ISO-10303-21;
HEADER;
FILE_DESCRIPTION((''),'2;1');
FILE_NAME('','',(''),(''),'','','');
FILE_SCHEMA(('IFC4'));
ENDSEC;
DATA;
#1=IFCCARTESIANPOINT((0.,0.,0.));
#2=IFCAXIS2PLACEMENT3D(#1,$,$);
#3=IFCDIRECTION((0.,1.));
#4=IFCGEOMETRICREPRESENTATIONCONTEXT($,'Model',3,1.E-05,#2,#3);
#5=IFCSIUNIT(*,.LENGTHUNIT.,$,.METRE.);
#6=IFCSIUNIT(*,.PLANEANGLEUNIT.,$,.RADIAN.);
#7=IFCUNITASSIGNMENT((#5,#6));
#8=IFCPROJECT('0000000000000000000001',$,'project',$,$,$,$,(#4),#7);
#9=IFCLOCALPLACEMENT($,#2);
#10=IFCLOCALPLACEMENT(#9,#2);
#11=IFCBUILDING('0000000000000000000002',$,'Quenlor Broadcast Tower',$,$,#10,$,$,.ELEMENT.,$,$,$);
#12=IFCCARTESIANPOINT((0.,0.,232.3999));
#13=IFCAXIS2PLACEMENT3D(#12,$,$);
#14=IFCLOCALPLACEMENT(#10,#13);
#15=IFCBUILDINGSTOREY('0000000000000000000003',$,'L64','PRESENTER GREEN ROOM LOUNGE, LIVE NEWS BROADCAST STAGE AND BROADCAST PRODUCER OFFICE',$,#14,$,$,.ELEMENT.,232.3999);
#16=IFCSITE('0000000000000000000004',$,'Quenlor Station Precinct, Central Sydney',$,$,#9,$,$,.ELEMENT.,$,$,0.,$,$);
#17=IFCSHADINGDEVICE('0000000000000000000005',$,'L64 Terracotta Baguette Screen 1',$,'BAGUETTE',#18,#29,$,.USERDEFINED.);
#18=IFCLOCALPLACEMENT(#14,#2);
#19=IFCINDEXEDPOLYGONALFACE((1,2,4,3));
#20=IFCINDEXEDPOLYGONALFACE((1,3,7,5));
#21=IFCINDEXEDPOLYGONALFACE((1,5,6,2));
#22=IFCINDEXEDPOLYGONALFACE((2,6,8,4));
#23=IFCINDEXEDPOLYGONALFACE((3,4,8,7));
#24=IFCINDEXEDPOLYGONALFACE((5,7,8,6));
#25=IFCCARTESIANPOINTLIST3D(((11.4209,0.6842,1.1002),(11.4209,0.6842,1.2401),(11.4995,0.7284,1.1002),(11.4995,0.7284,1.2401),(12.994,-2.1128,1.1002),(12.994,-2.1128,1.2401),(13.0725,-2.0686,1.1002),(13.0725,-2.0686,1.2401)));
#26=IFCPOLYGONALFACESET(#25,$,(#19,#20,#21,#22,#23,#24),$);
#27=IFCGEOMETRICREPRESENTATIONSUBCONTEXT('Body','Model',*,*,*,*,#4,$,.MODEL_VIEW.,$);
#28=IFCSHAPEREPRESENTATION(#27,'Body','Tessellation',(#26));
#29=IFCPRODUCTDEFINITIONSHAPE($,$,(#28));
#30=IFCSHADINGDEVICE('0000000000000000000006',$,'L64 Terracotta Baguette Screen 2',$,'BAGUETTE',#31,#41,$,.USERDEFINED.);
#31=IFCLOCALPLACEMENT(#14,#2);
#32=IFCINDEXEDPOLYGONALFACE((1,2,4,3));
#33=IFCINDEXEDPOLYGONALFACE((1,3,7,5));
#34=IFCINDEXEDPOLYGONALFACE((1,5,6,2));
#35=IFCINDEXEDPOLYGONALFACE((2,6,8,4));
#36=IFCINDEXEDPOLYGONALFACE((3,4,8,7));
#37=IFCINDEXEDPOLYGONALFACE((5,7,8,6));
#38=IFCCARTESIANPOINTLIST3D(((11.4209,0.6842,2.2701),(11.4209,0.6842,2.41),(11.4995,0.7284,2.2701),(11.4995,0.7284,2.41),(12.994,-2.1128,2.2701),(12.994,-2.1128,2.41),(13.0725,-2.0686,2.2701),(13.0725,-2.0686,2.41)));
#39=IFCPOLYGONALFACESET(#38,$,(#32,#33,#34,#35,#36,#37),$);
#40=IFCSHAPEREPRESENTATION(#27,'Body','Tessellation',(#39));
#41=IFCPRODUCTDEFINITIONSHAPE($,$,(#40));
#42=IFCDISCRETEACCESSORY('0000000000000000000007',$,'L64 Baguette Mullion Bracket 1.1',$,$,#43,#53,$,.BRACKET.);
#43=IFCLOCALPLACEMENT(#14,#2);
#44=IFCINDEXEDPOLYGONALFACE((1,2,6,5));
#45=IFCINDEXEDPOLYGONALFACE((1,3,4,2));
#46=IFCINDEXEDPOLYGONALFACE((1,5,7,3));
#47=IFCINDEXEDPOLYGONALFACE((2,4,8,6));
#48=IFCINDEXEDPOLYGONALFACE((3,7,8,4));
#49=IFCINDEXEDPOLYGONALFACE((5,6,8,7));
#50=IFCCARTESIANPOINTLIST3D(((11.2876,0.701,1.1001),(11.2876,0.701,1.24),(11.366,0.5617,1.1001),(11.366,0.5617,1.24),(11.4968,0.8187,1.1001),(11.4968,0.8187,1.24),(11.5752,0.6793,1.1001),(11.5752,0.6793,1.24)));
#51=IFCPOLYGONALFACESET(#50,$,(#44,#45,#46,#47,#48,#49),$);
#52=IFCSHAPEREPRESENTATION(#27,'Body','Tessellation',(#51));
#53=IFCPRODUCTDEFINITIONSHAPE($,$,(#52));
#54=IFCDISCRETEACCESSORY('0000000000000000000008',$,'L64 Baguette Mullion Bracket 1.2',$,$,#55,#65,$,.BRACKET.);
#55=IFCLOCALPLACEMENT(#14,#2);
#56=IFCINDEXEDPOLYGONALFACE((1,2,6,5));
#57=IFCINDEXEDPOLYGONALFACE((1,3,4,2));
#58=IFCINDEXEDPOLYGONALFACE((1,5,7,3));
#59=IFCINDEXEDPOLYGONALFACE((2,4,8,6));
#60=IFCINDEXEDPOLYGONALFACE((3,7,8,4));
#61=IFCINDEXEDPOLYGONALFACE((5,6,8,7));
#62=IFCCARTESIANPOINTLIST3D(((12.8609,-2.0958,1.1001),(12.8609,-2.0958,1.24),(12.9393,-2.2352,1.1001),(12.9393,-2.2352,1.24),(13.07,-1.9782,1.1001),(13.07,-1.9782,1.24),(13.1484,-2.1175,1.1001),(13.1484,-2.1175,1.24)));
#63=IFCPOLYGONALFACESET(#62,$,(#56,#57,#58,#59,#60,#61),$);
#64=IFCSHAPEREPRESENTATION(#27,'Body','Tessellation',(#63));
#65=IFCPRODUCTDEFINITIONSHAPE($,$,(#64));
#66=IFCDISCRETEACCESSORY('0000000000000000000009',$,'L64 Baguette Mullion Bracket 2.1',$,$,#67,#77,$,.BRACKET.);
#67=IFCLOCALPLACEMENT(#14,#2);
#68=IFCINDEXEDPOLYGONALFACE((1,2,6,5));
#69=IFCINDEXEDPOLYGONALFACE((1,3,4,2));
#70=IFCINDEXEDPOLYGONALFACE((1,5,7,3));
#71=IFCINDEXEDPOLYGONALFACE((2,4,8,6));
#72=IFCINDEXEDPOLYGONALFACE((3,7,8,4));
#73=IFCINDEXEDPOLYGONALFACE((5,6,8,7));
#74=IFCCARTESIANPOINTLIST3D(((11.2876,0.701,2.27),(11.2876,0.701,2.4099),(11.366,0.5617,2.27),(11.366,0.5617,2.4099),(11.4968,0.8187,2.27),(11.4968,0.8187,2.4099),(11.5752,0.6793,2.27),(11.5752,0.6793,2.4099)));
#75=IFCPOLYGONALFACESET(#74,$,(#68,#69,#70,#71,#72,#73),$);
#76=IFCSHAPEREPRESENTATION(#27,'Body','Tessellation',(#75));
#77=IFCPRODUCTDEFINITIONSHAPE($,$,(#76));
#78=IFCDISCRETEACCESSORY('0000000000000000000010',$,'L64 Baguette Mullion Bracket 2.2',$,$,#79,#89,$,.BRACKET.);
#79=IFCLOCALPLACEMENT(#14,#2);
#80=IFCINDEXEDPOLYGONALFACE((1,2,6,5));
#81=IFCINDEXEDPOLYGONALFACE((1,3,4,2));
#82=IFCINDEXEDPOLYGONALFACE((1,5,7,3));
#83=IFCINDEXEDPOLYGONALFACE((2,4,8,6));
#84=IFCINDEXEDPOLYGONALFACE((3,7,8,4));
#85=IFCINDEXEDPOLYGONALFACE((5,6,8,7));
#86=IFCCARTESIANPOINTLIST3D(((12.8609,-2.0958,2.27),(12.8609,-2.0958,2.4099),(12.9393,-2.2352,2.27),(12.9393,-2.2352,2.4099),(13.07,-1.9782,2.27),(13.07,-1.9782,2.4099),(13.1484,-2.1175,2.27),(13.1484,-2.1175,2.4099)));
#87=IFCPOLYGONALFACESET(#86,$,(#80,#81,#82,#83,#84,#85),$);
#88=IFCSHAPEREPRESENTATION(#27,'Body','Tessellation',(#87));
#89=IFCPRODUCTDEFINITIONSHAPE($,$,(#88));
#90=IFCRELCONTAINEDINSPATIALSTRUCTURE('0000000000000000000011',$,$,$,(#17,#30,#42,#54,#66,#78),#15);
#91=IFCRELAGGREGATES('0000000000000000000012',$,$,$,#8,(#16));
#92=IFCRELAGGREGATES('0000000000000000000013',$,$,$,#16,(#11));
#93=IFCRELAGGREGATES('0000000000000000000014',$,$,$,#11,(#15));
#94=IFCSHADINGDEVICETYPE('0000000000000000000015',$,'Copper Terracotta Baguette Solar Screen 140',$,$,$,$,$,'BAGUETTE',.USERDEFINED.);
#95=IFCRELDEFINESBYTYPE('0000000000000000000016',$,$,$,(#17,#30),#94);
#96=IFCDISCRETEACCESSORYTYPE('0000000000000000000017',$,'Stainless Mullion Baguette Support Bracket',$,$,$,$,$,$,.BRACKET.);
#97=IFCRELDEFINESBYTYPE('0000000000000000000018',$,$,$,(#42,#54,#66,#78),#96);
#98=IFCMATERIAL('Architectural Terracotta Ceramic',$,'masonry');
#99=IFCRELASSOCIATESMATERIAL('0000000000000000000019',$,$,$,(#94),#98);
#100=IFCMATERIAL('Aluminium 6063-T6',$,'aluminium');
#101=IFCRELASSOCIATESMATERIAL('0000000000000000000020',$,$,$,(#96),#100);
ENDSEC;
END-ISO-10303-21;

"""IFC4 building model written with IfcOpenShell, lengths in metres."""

from ifc_helpers import new_model, si_unit, direction, frame, origin, origin_2d, place, context, subcontext, project, spatial, rectangle, extrude, material, material_profile, profile_set, type_object, element, save


model = new_model("IFC4")

# Units and contexts
model_context = context("Model", 3, precision=1e-05, world=origin(), true_north=direction((0.0, 1.0)))
body_context = subcontext(model_context, "Body", "Model", "MODEL_VIEW")
ifc_project = project(units=[si_unit("LENGTHUNIT", "METRE"), si_unit("PLANEANGLEUNIT", "RADIAN")], contexts=[model_context])

# Site, building, storey
site_placement = place(None, origin())
site = spatial("IfcSite", under=ifc_project, at=site_placement, Name="Quenlor Station Precinct, Central Sydney", CompositionType="ELEMENT", RefElevation=0.0)
building_placement = place(site_placement, origin())
building = spatial("IfcBuilding", under=site, at=building_placement, Name="Quenlor Broadcast Tower", CompositionType="ELEMENT")
storey_placement = place(building_placement, frame((0.0, 0.0, 232.3999)))
storey = spatial("IfcBuildingStorey", under=building, at=storey_placement, Name="L64", Description="PRESENTER GREEN ROOM LOUNGE, LIVE NEWS BROADCAST STAGE AND BROADCAST PRODUCER OFFICE", CompositionType="ELEMENT", Elevation=232.3999)

# Shading devices
ifc_material_1 = material(Name="Architectural Terracotta Ceramic", Category="masonry")
ifc_material_profile_1 = material_profile(ifc_material_1, rectangle(XDim=0.0901, YDim=0.1399, at=origin_2d()))
ifc_profile_set_1 = profile_set([ifc_material_profile_1], Name="Architectural Terracotta Ceramic BAG90x140")
shading_device_type = type_object("IfcShadingDeviceType", Name="Copper Terracotta Baguette Solar Screen 140", ElementType="BAGUETTE", PredefinedType="USERDEFINED", material=ifc_profile_set_1)
for number, where, z_axis, x_axis, name in (
    (1, (11.4602, 0.7063, 1.1702), (0.490203, -0.871608, 0.0), (0.871608, 0.490203, 0.0), "L64 Terracotta Baguette Screen 1"),
    (2, (11.4602, 0.7063, 2.3401), (0.490203, -0.871608, 0.0), (0.871608, 0.490203, 0.0), "L64 Terracotta Baguette Screen 2"),
):
    element("IfcShadingDevice", number, at=place(storey_placement, frame(where, z_axis=z_axis, x_axis=x_axis)), inside=storey, type_object=shading_device_type, Name=name, ObjectType="BAGUETTE", PredefinedType="USERDEFINED", context=body_context, shape_type="SweptSolid", body=[
        extrude(rectangle(XDim=0.0901, YDim=0.1399, at=origin_2d()), origin(), (0.0, 0.0, 1.0), 3.209),
    ])

# Discrete accessories
ifc_material_2 = material(Name="Aluminium 6063-T6", Category="aluminium")
discrete_accessory_type = type_object("IfcDiscreteAccessoryType", Name="Stainless Mullion Baguette Support Bracket", PredefinedType="BRACKET", material=ifc_material_2)
for number, where, z_axis, x_axis, name in (
    (3, (11.4314, 0.6902, 1.1001), (0.0, 0.0, 1.0), (0.490262, -0.871575, 0.0), "L64 Baguette Mullion Bracket 1.1"),
    (4, (13.0046, -2.1067, 1.1001), (0.0, 0.0, 1.0), (0.490262, -0.871575, 0.0), "L64 Baguette Mullion Bracket 1.2"),
    (5, (11.4314, 0.6902, 2.27), (0.0, 0.0, 1.0), (0.490262, -0.871575, 0.0), "L64 Baguette Mullion Bracket 2.1"),
    (6, (13.0046, -2.1067, 2.27), (0.0, 0.0, 1.0), (0.490262, -0.871575, 0.0), "L64 Baguette Mullion Bracket 2.2"),
):
    element("IfcDiscreteAccessory", number, at=place(storey_placement, frame(where, z_axis=z_axis, x_axis=x_axis)), inside=storey, type_object=discrete_accessory_type, Name=name, PredefinedType="BRACKET", context=body_context, shape_type="SweptSolid", body=[
        extrude(rectangle(XDim=0.1599, YDim=0.24, at=origin_2d()), origin(), (0.0, 0.0, 1.0), 0.1399),
    ])

save(model, "model.ifc")
